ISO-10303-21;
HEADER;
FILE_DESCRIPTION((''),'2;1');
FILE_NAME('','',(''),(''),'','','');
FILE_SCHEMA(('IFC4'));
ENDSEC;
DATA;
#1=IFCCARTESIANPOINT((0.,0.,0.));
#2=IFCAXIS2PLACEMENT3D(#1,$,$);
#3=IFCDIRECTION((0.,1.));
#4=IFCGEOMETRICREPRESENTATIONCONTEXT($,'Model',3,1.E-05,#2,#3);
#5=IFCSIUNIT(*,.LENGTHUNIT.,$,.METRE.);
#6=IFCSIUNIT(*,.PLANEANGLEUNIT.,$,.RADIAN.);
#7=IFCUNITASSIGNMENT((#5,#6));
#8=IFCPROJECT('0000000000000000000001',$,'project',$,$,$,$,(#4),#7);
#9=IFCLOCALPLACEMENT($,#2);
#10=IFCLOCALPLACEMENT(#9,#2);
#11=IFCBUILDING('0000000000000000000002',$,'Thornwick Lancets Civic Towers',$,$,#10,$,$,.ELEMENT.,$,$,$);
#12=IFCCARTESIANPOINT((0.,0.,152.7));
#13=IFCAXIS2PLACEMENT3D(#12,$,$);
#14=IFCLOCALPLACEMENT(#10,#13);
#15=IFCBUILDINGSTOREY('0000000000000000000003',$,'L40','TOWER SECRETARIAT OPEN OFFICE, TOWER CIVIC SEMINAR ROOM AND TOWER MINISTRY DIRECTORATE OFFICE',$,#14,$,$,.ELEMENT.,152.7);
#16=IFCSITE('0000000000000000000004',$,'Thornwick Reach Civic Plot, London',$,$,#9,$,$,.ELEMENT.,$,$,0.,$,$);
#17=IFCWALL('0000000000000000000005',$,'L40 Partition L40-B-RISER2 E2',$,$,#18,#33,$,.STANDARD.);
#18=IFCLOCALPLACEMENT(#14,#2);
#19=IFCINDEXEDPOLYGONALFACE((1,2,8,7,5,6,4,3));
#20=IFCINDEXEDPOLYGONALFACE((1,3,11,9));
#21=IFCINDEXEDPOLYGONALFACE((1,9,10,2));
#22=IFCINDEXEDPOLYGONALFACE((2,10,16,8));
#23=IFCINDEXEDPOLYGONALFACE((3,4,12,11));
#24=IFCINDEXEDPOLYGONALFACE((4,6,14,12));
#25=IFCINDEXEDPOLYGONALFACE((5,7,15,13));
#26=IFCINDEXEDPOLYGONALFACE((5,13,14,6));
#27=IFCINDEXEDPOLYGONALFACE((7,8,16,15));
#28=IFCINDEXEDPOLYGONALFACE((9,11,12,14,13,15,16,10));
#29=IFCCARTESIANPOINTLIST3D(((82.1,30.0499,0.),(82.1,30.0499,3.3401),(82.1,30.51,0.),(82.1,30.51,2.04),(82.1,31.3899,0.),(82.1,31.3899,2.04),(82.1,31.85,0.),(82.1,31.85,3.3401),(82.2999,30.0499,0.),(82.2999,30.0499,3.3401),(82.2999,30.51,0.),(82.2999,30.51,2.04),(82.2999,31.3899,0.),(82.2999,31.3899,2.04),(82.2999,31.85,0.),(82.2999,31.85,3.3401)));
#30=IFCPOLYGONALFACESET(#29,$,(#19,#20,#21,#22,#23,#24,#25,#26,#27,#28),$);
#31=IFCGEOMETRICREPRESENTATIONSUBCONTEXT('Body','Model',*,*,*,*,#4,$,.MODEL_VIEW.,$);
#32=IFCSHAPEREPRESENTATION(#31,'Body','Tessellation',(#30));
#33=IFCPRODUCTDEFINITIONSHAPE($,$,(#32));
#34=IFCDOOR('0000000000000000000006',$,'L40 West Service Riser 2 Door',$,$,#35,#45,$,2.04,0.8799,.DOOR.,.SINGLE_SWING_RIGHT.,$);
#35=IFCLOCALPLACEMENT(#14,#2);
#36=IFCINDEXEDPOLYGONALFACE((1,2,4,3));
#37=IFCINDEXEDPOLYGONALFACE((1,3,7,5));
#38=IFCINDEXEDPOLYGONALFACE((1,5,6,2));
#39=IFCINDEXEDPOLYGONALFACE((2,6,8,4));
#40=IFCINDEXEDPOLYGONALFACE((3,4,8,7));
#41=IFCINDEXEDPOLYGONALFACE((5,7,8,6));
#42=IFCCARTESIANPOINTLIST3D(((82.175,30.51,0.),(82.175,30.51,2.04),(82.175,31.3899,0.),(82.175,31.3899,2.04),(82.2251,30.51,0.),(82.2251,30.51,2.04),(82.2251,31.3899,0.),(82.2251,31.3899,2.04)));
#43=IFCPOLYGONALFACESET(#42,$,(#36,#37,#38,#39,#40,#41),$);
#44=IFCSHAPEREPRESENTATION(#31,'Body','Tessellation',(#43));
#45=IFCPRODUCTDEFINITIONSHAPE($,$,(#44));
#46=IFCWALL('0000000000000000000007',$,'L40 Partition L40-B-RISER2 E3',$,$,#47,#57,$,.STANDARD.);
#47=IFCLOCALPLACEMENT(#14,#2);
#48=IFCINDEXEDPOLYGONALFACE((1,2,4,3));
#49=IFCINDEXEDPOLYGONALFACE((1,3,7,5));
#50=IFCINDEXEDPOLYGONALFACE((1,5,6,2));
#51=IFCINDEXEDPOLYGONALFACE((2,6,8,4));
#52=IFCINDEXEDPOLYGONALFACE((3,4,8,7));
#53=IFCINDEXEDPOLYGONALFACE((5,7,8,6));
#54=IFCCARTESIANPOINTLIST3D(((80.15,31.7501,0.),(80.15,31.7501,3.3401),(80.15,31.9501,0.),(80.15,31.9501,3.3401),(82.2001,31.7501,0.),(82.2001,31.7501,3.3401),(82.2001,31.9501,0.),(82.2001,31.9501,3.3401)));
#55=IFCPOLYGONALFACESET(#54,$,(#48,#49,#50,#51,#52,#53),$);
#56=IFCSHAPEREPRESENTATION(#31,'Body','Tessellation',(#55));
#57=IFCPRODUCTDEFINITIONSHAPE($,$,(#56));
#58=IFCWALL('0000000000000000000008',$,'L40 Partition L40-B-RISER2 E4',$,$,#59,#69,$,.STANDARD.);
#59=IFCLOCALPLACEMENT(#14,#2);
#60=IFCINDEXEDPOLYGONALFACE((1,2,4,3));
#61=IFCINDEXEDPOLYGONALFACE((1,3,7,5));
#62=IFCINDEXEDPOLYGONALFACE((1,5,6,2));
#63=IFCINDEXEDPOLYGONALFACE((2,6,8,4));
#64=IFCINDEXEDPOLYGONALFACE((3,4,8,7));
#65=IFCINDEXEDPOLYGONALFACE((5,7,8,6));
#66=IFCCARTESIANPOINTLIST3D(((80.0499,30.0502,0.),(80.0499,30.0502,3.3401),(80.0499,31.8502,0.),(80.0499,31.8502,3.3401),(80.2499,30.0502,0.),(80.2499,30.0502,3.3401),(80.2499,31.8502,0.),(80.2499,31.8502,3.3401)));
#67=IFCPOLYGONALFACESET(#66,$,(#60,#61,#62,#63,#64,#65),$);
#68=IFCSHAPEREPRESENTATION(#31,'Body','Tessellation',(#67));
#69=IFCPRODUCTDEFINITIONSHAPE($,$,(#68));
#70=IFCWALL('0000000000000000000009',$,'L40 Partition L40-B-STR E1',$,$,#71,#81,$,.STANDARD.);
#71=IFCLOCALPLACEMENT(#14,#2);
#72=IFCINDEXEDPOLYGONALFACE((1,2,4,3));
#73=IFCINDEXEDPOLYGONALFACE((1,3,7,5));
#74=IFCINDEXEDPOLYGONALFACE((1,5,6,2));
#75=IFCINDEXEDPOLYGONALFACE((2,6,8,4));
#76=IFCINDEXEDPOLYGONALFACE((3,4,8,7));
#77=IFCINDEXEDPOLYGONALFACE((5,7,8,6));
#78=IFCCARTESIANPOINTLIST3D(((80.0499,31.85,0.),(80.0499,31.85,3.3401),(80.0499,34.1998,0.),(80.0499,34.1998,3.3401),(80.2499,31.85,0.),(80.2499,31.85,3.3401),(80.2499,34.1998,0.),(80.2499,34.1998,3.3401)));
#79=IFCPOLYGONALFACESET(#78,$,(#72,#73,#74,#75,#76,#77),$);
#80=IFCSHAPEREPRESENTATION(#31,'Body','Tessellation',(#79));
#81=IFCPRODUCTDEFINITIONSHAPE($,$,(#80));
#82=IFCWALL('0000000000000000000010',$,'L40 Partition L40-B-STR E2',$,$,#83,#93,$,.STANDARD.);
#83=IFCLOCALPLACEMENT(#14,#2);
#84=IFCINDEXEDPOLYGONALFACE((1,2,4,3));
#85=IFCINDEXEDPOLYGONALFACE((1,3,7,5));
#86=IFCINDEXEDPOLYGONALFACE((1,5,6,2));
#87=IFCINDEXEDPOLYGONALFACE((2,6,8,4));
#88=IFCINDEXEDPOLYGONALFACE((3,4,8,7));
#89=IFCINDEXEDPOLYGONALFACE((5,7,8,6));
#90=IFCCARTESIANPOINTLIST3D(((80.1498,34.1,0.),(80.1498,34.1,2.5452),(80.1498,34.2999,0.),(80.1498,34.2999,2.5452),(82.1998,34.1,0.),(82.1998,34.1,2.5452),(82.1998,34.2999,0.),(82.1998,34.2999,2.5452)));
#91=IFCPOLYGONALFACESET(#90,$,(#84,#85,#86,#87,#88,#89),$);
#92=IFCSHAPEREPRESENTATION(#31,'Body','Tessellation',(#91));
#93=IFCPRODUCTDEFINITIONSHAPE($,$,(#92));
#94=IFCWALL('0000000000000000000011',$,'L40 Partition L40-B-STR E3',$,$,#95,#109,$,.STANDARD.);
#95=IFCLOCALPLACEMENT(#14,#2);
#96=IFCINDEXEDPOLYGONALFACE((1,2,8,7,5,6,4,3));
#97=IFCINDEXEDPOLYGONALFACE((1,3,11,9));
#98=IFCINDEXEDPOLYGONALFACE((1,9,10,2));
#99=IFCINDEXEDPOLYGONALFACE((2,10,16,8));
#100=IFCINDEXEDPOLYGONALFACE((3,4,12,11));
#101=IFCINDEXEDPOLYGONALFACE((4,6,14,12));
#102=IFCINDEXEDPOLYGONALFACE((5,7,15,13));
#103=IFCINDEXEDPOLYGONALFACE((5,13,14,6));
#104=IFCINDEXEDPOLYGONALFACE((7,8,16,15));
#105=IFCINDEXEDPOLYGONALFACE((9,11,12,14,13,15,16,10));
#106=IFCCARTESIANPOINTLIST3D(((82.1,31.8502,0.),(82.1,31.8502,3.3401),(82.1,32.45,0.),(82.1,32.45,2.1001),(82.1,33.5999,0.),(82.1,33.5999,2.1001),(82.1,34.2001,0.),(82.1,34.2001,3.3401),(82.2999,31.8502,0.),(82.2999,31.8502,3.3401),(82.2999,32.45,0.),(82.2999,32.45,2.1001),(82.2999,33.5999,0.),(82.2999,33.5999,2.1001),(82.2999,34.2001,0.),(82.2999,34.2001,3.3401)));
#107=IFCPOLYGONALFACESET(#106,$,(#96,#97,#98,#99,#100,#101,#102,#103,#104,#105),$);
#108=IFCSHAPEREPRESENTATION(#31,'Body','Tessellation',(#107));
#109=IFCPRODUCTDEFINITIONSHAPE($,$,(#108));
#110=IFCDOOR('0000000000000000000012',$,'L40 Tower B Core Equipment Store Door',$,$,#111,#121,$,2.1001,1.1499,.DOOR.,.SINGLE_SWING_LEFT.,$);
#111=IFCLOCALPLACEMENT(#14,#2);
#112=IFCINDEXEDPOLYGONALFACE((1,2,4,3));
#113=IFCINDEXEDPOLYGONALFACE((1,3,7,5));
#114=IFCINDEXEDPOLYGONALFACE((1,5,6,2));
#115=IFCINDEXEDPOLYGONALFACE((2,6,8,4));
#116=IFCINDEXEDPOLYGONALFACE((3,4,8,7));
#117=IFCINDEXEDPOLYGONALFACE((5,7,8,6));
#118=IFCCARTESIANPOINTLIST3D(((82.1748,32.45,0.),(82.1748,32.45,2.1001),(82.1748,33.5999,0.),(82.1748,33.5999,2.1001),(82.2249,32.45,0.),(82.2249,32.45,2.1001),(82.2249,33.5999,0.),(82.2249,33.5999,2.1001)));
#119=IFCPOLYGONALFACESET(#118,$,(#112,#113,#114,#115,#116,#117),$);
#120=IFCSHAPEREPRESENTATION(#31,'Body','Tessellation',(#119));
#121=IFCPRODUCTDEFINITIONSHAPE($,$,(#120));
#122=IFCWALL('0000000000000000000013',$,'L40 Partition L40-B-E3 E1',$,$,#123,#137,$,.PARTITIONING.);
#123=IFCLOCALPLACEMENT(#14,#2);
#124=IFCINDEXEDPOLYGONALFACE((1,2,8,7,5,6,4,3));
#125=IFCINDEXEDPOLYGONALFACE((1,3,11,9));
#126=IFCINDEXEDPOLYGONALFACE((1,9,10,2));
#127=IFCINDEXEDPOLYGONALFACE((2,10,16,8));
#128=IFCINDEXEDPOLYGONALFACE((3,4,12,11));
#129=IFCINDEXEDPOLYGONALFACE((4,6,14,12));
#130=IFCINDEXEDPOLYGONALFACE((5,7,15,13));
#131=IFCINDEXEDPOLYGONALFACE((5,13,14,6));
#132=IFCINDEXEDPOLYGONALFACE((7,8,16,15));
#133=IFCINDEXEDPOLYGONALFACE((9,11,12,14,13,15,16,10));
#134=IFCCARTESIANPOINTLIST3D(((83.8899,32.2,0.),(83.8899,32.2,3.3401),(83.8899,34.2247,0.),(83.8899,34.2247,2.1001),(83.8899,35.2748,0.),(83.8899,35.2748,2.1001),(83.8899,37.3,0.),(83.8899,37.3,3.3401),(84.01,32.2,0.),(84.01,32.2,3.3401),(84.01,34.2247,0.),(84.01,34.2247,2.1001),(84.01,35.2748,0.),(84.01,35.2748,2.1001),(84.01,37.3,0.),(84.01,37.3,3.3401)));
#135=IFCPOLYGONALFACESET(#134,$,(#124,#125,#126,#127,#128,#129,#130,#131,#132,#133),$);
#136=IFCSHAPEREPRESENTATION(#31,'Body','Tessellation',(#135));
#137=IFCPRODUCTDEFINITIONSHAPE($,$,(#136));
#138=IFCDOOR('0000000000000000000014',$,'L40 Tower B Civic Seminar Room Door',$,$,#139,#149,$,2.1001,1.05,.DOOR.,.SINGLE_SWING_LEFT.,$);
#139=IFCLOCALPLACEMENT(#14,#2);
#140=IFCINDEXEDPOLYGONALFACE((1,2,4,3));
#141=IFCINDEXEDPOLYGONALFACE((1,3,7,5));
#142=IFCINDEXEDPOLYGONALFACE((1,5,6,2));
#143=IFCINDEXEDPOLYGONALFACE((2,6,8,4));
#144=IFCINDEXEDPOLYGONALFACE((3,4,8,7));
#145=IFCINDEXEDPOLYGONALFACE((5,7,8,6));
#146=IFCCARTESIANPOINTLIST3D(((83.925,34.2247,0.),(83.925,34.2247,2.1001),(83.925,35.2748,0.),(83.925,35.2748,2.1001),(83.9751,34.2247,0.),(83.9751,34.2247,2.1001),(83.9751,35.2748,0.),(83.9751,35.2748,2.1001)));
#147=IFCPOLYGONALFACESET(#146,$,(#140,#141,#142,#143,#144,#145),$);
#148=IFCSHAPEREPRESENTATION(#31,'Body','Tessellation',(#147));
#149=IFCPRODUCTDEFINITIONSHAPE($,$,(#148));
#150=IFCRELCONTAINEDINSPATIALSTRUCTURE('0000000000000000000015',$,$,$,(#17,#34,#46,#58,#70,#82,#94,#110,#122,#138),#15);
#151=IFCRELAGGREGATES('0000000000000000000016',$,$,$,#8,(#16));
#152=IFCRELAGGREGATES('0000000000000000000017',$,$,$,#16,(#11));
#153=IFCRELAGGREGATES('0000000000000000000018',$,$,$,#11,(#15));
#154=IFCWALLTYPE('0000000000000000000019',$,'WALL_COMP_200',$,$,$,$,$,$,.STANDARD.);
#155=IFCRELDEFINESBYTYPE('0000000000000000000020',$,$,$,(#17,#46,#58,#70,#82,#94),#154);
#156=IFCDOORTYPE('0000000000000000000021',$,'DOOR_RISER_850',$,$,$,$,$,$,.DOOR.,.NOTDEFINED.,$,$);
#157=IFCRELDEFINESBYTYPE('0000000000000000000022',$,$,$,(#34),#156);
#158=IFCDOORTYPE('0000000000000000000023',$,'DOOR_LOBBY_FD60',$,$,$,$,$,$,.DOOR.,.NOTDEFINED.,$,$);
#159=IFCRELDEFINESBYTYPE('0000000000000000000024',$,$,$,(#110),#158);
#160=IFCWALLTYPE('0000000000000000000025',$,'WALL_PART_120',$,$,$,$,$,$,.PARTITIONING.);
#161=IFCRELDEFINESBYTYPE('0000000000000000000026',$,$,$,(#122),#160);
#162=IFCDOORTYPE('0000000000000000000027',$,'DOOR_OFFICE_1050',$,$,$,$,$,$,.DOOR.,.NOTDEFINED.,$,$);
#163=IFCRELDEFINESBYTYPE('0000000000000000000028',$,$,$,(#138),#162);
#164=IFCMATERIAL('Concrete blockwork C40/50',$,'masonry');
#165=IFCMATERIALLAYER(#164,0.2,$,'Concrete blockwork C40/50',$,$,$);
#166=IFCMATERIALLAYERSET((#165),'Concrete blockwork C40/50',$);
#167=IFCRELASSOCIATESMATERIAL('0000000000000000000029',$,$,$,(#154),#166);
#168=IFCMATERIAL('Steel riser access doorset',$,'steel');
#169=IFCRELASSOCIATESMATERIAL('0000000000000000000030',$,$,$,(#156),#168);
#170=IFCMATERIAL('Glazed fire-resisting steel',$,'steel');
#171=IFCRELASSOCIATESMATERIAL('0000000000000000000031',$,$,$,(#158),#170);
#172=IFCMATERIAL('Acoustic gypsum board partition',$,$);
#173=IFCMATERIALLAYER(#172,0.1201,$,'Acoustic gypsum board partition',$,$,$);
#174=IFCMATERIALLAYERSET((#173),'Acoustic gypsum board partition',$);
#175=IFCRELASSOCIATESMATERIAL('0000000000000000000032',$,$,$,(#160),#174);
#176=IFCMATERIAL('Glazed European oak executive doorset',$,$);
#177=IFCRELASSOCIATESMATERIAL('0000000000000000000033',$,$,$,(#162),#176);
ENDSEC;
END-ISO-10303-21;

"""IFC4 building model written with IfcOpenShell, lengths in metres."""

from ifc_helpers import new_model, si_unit, direction, frame, frame_2d, origin, place, context, subcontext, project, spatial, rectangle, extrude, material, layer, layer_set, type_object, element, fill, save


model = new_model("IFC4")

# Units and contexts
model_context = context("Model", 3, precision=1e-05, world=origin(), true_north=direction((0.0, 1.0)))
body_context = subcontext(model_context, "Body", "Model", "MODEL_VIEW")
ifc_project = project(units=[si_unit("LENGTHUNIT", "METRE"), si_unit("PLANEANGLEUNIT", "RADIAN")], contexts=[model_context])

# Site, building, storey
site_placement = place(None, origin())
site = spatial("IfcSite", under=ifc_project, at=site_placement, Name="Thornwick Reach Civic Plot, London", CompositionType="ELEMENT", RefElevation=0.0)
building_placement = place(site_placement, origin())
building = spatial("IfcBuilding", under=site, at=building_placement, Name="Thornwick Lancets Civic Towers", CompositionType="ELEMENT")
storey_placement = place(building_placement, frame((0.0, 0.0, 152.7)))
storey = spatial("IfcBuildingStorey", under=building, at=storey_placement, Name="L40", Description="TOWER SECRETARIAT OPEN OFFICE, TOWER CIVIC SEMINAR ROOM AND TOWER MINISTRY DIRECTORATE OFFICE", CompositionType="ELEMENT", Elevation=152.7)

# Shared definitions
ifc_material_1 = material(Name="Concrete blockwork C40/50", Category="masonry")
ifc_layer_1 = layer(ifc_material_1, 0.2, Name="Concrete blockwork C40/50")
ifc_layer_set_1 = layer_set([ifc_layer_1], Name="Concrete blockwork C40/50")
wall_type_1 = type_object("IfcWallType", Name="WALL_COMP_200", PredefinedType="STANDARD", material=ifc_layer_set_1)

# Wall, opening, door
wall_1_placement = place(storey_placement, frame((82.2, 30.05, 0.0), z_axis=(0.0, 0.0, 1.0), x_axis=(0.0, 1.0, 0.0)))
wall_1 = element("IfcWall", 1, at=wall_1_placement, inside=storey, type_object=wall_type_1, Name="L40 Partition L40-B-RISER2 E2", PredefinedType="STANDARD", context=body_context, shape_type="SweptSolid", body=[
    extrude(rectangle(XDim=1.8, YDim=0.2, at=frame_2d((0.8999, 0.0))), origin(), (0.0, 0.0, 1.0), 3.3401),
])
opening_1_placement = place(wall_1_placement, frame((0.46, 0.0, 0.0)))
opening_1 = element("IfcOpeningElement", 2, at=opening_1_placement, cuts=wall_1, PredefinedType="OPENING", context=body_context, shape_type="SweptSolid", body=[
    extrude(rectangle(XDim=0.8799, YDim=2.04, at=frame_2d((0.4399, 1.02))), frame((0.0, 0.1099, 0.0), z_axis=(0.0, -1.0, 0.0), x_axis=(1.0, 0.0, 0.0)), (0.0, 0.0, 1.0), 0.22),
])
ifc_material_2 = material(Name="Steel riser access doorset", Category="steel")
door_type_1 = type_object("IfcDoorType", Name="DOOR_RISER_850", OperationType="NOTDEFINED", PredefinedType="DOOR", material=ifc_material_2)
door_1_placement = place(opening_1_placement, origin())
door_1 = element("IfcDoor", 3, at=door_1_placement, inside=storey, type_object=door_type_1, Name="L40 West Service Riser 2 Door", OperationType="SINGLE_SWING_RIGHT", OverallHeight=2.04, OverallWidth=0.8799, PredefinedType="DOOR", context=body_context, shape_type="SweptSolid", body=[
    extrude(rectangle(XDim=0.8799, YDim=2.04, at=frame_2d((0.4399, 1.02))), frame((0.0, 0.0249, 0.0), z_axis=(0.0, -1.0, 0.0), x_axis=(1.0, 0.0, 0.0)), (0.0, 0.0, 1.0), 0.05),
])
fill(opening_1, door_1)

# Walls
wall_2_placement = place(storey_placement, frame((82.2, 31.8501, 0.0), z_axis=(0.0, 0.0, 1.0), x_axis=(-1.0, 0.0, 0.0)))
element("IfcWall", 4, at=wall_2_placement, inside=storey, type_object=wall_type_1, Name="L40 Partition L40-B-RISER2 E3", PredefinedType="STANDARD", context=body_context, shape_type="SweptSolid", body=[
    extrude(rectangle(XDim=2.05, YDim=0.2, at=frame_2d((1.0249, 0.0))), origin(), (0.0, 0.0, 1.0), 3.3401),
])
wall_3_placement = place(storey_placement, frame((80.1499, 31.8501, 0.0), z_axis=(0.0, 0.0, 1.0), x_axis=(0.0, -1.0, 0.0)))
element("IfcWall", 5, at=wall_3_placement, inside=storey, type_object=wall_type_1, Name="L40 Partition L40-B-RISER2 E4", PredefinedType="STANDARD", context=body_context, shape_type="SweptSolid", body=[
    extrude(rectangle(XDim=1.8, YDim=0.2, at=frame_2d((0.8999, 0.0))), origin(), (0.0, 0.0, 1.0), 3.3401),
])
wall_4_placement = place(storey_placement, frame((80.1499, 31.8501, 0.0), z_axis=(0.0, 0.0, 1.0), x_axis=(0.0, 1.0, 0.0)))
element("IfcWall", 6, at=wall_4_placement, inside=storey, type_object=wall_type_1, Name="L40 Partition L40-B-STR E1", PredefinedType="STANDARD", context=body_context, shape_type="SweptSolid", body=[
    extrude(rectangle(XDim=2.3499, YDim=0.2, at=frame_2d((1.1748, 0.0))), origin(), (0.0, 0.0, 1.0), 3.3401),
])
wall_5_placement = place(storey_placement, frame((80.1499, 34.2, 0.0), z_axis=(0.0, 0.0, 1.0), x_axis=(1.0, 0.0, 0.0)))
element("IfcWall", 7, at=wall_5_placement, inside=storey, type_object=wall_type_1, Name="L40 Partition L40-B-STR E2", PredefinedType="STANDARD", context=body_context, shape_type="SweptSolid", body=[
    extrude(rectangle(XDim=2.05, YDim=0.2, at=frame_2d((1.0249, 0.0))), origin(), (0.0, 0.0, 1.0), 2.5452),
])

# Walls, openings, doors
wall_6_placement = place(storey_placement, frame((82.2, 34.2, 0.0), z_axis=(0.0, 0.0, 1.0), x_axis=(0.0, -1.0, 0.0)))
wall_6 = element("IfcWall", 8, at=wall_6_placement, inside=storey, type_object=wall_type_1, Name="L40 Partition L40-B-STR E3", PredefinedType="STANDARD", context=body_context, shape_type="SweptSolid", body=[
    extrude(rectangle(XDim=2.3499, YDim=0.2, at=frame_2d((1.1748, 0.0))), origin(), (0.0, 0.0, 1.0), 3.3401),
])
opening_2_placement = place(wall_6_placement, frame((0.6001, 0.0, 0.0)))
opening_2 = element("IfcOpeningElement", 9, at=opening_2_placement, cuts=wall_6, PredefinedType="OPENING", context=body_context, shape_type="SweptSolid", body=[
    extrude(rectangle(XDim=1.1499, YDim=2.1001, at=frame_2d((0.575, 1.05))), frame((0.0, 0.1099, 0.0), z_axis=(0.0, -1.0, 0.0), x_axis=(1.0, 0.0, 0.0)), (0.0, 0.0, 1.0), 0.22),
])
ifc_material_3 = material(Name="Glazed fire-resisting steel", Category="steel")
door_type_2 = type_object("IfcDoorType", Name="DOOR_LOBBY_FD60", OperationType="NOTDEFINED", PredefinedType="DOOR", material=ifc_material_3)
door_2_placement = place(opening_2_placement, origin())
door_2 = element("IfcDoor", 10, at=door_2_placement, inside=storey, type_object=door_type_2, Name="L40 Tower B Core Equipment Store Door", OperationType="SINGLE_SWING_LEFT", OverallHeight=2.1001, OverallWidth=1.1499, PredefinedType="DOOR", context=body_context, shape_type="SweptSolid", body=[
    extrude(rectangle(XDim=1.1499, YDim=2.1001, at=frame_2d((0.575, 1.05))), frame((0.0, 0.0249, 0.0), z_axis=(0.0, -1.0, 0.0), x_axis=(1.0, 0.0, 0.0)), (0.0, 0.0, 1.0), 0.05),
])
fill(opening_2, door_2)
ifc_material_4 = material(Name="Acoustic gypsum board partition")
ifc_layer_2 = layer(ifc_material_4, 0.1201, Name="Acoustic gypsum board partition")
ifc_layer_set_2 = layer_set([ifc_layer_2], Name="Acoustic gypsum board partition")
wall_type_2 = type_object("IfcWallType", Name="WALL_PART_120", PredefinedType="PARTITIONING", material=ifc_layer_set_2)
wall_7_placement = place(storey_placement, frame((83.95, 32.2, 0.0), z_axis=(0.0, 0.0, 1.0), x_axis=(0.0, 1.0, 0.0)))
wall_7 = element("IfcWall", 11, at=wall_7_placement, inside=storey, type_object=wall_type_2, Name="L40 Partition L40-B-E3 E1", PredefinedType="PARTITIONING", context=body_context, shape_type="SweptSolid", body=[
    extrude(rectangle(XDim=5.1001, YDim=0.1201, at=frame_2d((2.55, 0.0))), origin(), (0.0, 0.0, 1.0), 3.3401),
])
opening_3_placement = place(wall_7_placement, frame((2.0249, 0.0, 0.0)))
opening_3 = element("IfcOpeningElement", 12, at=opening_3_placement, cuts=wall_7, PredefinedType="OPENING", context=body_context, shape_type="SweptSolid", body=[
    extrude(rectangle(XDim=1.05, YDim=2.1001, at=frame_2d((0.5249, 1.05))), frame((0.0, 0.0701, 0.0), z_axis=(0.0, -1.0, 0.0), x_axis=(1.0, 0.0, 0.0)), (0.0, 0.0, 1.0), 0.1401),
])
ifc_material_5 = material(Name="Glazed European oak executive doorset")
door_type_3 = type_object("IfcDoorType", Name="DOOR_OFFICE_1050", OperationType="NOTDEFINED", PredefinedType="DOOR", material=ifc_material_5)
door_3_placement = place(opening_3_placement, origin())
door_3 = element("IfcDoor", 13, at=door_3_placement, inside=storey, type_object=door_type_3, Name="L40 Tower B Civic Seminar Room Door", OperationType="SINGLE_SWING_LEFT", OverallHeight=2.1001, OverallWidth=1.05, PredefinedType="DOOR", context=body_context, shape_type="SweptSolid", body=[
    extrude(rectangle(XDim=1.05, YDim=2.1001, at=frame_2d((0.5249, 1.05))), frame((0.0, 0.0249, 0.0), z_axis=(0.0, -1.0, 0.0), x_axis=(1.0, 0.0, 0.0)), (0.0, 0.0, 1.0), 0.05),
])
fill(opening_3, door_3)

save(model, "model.ifc")
